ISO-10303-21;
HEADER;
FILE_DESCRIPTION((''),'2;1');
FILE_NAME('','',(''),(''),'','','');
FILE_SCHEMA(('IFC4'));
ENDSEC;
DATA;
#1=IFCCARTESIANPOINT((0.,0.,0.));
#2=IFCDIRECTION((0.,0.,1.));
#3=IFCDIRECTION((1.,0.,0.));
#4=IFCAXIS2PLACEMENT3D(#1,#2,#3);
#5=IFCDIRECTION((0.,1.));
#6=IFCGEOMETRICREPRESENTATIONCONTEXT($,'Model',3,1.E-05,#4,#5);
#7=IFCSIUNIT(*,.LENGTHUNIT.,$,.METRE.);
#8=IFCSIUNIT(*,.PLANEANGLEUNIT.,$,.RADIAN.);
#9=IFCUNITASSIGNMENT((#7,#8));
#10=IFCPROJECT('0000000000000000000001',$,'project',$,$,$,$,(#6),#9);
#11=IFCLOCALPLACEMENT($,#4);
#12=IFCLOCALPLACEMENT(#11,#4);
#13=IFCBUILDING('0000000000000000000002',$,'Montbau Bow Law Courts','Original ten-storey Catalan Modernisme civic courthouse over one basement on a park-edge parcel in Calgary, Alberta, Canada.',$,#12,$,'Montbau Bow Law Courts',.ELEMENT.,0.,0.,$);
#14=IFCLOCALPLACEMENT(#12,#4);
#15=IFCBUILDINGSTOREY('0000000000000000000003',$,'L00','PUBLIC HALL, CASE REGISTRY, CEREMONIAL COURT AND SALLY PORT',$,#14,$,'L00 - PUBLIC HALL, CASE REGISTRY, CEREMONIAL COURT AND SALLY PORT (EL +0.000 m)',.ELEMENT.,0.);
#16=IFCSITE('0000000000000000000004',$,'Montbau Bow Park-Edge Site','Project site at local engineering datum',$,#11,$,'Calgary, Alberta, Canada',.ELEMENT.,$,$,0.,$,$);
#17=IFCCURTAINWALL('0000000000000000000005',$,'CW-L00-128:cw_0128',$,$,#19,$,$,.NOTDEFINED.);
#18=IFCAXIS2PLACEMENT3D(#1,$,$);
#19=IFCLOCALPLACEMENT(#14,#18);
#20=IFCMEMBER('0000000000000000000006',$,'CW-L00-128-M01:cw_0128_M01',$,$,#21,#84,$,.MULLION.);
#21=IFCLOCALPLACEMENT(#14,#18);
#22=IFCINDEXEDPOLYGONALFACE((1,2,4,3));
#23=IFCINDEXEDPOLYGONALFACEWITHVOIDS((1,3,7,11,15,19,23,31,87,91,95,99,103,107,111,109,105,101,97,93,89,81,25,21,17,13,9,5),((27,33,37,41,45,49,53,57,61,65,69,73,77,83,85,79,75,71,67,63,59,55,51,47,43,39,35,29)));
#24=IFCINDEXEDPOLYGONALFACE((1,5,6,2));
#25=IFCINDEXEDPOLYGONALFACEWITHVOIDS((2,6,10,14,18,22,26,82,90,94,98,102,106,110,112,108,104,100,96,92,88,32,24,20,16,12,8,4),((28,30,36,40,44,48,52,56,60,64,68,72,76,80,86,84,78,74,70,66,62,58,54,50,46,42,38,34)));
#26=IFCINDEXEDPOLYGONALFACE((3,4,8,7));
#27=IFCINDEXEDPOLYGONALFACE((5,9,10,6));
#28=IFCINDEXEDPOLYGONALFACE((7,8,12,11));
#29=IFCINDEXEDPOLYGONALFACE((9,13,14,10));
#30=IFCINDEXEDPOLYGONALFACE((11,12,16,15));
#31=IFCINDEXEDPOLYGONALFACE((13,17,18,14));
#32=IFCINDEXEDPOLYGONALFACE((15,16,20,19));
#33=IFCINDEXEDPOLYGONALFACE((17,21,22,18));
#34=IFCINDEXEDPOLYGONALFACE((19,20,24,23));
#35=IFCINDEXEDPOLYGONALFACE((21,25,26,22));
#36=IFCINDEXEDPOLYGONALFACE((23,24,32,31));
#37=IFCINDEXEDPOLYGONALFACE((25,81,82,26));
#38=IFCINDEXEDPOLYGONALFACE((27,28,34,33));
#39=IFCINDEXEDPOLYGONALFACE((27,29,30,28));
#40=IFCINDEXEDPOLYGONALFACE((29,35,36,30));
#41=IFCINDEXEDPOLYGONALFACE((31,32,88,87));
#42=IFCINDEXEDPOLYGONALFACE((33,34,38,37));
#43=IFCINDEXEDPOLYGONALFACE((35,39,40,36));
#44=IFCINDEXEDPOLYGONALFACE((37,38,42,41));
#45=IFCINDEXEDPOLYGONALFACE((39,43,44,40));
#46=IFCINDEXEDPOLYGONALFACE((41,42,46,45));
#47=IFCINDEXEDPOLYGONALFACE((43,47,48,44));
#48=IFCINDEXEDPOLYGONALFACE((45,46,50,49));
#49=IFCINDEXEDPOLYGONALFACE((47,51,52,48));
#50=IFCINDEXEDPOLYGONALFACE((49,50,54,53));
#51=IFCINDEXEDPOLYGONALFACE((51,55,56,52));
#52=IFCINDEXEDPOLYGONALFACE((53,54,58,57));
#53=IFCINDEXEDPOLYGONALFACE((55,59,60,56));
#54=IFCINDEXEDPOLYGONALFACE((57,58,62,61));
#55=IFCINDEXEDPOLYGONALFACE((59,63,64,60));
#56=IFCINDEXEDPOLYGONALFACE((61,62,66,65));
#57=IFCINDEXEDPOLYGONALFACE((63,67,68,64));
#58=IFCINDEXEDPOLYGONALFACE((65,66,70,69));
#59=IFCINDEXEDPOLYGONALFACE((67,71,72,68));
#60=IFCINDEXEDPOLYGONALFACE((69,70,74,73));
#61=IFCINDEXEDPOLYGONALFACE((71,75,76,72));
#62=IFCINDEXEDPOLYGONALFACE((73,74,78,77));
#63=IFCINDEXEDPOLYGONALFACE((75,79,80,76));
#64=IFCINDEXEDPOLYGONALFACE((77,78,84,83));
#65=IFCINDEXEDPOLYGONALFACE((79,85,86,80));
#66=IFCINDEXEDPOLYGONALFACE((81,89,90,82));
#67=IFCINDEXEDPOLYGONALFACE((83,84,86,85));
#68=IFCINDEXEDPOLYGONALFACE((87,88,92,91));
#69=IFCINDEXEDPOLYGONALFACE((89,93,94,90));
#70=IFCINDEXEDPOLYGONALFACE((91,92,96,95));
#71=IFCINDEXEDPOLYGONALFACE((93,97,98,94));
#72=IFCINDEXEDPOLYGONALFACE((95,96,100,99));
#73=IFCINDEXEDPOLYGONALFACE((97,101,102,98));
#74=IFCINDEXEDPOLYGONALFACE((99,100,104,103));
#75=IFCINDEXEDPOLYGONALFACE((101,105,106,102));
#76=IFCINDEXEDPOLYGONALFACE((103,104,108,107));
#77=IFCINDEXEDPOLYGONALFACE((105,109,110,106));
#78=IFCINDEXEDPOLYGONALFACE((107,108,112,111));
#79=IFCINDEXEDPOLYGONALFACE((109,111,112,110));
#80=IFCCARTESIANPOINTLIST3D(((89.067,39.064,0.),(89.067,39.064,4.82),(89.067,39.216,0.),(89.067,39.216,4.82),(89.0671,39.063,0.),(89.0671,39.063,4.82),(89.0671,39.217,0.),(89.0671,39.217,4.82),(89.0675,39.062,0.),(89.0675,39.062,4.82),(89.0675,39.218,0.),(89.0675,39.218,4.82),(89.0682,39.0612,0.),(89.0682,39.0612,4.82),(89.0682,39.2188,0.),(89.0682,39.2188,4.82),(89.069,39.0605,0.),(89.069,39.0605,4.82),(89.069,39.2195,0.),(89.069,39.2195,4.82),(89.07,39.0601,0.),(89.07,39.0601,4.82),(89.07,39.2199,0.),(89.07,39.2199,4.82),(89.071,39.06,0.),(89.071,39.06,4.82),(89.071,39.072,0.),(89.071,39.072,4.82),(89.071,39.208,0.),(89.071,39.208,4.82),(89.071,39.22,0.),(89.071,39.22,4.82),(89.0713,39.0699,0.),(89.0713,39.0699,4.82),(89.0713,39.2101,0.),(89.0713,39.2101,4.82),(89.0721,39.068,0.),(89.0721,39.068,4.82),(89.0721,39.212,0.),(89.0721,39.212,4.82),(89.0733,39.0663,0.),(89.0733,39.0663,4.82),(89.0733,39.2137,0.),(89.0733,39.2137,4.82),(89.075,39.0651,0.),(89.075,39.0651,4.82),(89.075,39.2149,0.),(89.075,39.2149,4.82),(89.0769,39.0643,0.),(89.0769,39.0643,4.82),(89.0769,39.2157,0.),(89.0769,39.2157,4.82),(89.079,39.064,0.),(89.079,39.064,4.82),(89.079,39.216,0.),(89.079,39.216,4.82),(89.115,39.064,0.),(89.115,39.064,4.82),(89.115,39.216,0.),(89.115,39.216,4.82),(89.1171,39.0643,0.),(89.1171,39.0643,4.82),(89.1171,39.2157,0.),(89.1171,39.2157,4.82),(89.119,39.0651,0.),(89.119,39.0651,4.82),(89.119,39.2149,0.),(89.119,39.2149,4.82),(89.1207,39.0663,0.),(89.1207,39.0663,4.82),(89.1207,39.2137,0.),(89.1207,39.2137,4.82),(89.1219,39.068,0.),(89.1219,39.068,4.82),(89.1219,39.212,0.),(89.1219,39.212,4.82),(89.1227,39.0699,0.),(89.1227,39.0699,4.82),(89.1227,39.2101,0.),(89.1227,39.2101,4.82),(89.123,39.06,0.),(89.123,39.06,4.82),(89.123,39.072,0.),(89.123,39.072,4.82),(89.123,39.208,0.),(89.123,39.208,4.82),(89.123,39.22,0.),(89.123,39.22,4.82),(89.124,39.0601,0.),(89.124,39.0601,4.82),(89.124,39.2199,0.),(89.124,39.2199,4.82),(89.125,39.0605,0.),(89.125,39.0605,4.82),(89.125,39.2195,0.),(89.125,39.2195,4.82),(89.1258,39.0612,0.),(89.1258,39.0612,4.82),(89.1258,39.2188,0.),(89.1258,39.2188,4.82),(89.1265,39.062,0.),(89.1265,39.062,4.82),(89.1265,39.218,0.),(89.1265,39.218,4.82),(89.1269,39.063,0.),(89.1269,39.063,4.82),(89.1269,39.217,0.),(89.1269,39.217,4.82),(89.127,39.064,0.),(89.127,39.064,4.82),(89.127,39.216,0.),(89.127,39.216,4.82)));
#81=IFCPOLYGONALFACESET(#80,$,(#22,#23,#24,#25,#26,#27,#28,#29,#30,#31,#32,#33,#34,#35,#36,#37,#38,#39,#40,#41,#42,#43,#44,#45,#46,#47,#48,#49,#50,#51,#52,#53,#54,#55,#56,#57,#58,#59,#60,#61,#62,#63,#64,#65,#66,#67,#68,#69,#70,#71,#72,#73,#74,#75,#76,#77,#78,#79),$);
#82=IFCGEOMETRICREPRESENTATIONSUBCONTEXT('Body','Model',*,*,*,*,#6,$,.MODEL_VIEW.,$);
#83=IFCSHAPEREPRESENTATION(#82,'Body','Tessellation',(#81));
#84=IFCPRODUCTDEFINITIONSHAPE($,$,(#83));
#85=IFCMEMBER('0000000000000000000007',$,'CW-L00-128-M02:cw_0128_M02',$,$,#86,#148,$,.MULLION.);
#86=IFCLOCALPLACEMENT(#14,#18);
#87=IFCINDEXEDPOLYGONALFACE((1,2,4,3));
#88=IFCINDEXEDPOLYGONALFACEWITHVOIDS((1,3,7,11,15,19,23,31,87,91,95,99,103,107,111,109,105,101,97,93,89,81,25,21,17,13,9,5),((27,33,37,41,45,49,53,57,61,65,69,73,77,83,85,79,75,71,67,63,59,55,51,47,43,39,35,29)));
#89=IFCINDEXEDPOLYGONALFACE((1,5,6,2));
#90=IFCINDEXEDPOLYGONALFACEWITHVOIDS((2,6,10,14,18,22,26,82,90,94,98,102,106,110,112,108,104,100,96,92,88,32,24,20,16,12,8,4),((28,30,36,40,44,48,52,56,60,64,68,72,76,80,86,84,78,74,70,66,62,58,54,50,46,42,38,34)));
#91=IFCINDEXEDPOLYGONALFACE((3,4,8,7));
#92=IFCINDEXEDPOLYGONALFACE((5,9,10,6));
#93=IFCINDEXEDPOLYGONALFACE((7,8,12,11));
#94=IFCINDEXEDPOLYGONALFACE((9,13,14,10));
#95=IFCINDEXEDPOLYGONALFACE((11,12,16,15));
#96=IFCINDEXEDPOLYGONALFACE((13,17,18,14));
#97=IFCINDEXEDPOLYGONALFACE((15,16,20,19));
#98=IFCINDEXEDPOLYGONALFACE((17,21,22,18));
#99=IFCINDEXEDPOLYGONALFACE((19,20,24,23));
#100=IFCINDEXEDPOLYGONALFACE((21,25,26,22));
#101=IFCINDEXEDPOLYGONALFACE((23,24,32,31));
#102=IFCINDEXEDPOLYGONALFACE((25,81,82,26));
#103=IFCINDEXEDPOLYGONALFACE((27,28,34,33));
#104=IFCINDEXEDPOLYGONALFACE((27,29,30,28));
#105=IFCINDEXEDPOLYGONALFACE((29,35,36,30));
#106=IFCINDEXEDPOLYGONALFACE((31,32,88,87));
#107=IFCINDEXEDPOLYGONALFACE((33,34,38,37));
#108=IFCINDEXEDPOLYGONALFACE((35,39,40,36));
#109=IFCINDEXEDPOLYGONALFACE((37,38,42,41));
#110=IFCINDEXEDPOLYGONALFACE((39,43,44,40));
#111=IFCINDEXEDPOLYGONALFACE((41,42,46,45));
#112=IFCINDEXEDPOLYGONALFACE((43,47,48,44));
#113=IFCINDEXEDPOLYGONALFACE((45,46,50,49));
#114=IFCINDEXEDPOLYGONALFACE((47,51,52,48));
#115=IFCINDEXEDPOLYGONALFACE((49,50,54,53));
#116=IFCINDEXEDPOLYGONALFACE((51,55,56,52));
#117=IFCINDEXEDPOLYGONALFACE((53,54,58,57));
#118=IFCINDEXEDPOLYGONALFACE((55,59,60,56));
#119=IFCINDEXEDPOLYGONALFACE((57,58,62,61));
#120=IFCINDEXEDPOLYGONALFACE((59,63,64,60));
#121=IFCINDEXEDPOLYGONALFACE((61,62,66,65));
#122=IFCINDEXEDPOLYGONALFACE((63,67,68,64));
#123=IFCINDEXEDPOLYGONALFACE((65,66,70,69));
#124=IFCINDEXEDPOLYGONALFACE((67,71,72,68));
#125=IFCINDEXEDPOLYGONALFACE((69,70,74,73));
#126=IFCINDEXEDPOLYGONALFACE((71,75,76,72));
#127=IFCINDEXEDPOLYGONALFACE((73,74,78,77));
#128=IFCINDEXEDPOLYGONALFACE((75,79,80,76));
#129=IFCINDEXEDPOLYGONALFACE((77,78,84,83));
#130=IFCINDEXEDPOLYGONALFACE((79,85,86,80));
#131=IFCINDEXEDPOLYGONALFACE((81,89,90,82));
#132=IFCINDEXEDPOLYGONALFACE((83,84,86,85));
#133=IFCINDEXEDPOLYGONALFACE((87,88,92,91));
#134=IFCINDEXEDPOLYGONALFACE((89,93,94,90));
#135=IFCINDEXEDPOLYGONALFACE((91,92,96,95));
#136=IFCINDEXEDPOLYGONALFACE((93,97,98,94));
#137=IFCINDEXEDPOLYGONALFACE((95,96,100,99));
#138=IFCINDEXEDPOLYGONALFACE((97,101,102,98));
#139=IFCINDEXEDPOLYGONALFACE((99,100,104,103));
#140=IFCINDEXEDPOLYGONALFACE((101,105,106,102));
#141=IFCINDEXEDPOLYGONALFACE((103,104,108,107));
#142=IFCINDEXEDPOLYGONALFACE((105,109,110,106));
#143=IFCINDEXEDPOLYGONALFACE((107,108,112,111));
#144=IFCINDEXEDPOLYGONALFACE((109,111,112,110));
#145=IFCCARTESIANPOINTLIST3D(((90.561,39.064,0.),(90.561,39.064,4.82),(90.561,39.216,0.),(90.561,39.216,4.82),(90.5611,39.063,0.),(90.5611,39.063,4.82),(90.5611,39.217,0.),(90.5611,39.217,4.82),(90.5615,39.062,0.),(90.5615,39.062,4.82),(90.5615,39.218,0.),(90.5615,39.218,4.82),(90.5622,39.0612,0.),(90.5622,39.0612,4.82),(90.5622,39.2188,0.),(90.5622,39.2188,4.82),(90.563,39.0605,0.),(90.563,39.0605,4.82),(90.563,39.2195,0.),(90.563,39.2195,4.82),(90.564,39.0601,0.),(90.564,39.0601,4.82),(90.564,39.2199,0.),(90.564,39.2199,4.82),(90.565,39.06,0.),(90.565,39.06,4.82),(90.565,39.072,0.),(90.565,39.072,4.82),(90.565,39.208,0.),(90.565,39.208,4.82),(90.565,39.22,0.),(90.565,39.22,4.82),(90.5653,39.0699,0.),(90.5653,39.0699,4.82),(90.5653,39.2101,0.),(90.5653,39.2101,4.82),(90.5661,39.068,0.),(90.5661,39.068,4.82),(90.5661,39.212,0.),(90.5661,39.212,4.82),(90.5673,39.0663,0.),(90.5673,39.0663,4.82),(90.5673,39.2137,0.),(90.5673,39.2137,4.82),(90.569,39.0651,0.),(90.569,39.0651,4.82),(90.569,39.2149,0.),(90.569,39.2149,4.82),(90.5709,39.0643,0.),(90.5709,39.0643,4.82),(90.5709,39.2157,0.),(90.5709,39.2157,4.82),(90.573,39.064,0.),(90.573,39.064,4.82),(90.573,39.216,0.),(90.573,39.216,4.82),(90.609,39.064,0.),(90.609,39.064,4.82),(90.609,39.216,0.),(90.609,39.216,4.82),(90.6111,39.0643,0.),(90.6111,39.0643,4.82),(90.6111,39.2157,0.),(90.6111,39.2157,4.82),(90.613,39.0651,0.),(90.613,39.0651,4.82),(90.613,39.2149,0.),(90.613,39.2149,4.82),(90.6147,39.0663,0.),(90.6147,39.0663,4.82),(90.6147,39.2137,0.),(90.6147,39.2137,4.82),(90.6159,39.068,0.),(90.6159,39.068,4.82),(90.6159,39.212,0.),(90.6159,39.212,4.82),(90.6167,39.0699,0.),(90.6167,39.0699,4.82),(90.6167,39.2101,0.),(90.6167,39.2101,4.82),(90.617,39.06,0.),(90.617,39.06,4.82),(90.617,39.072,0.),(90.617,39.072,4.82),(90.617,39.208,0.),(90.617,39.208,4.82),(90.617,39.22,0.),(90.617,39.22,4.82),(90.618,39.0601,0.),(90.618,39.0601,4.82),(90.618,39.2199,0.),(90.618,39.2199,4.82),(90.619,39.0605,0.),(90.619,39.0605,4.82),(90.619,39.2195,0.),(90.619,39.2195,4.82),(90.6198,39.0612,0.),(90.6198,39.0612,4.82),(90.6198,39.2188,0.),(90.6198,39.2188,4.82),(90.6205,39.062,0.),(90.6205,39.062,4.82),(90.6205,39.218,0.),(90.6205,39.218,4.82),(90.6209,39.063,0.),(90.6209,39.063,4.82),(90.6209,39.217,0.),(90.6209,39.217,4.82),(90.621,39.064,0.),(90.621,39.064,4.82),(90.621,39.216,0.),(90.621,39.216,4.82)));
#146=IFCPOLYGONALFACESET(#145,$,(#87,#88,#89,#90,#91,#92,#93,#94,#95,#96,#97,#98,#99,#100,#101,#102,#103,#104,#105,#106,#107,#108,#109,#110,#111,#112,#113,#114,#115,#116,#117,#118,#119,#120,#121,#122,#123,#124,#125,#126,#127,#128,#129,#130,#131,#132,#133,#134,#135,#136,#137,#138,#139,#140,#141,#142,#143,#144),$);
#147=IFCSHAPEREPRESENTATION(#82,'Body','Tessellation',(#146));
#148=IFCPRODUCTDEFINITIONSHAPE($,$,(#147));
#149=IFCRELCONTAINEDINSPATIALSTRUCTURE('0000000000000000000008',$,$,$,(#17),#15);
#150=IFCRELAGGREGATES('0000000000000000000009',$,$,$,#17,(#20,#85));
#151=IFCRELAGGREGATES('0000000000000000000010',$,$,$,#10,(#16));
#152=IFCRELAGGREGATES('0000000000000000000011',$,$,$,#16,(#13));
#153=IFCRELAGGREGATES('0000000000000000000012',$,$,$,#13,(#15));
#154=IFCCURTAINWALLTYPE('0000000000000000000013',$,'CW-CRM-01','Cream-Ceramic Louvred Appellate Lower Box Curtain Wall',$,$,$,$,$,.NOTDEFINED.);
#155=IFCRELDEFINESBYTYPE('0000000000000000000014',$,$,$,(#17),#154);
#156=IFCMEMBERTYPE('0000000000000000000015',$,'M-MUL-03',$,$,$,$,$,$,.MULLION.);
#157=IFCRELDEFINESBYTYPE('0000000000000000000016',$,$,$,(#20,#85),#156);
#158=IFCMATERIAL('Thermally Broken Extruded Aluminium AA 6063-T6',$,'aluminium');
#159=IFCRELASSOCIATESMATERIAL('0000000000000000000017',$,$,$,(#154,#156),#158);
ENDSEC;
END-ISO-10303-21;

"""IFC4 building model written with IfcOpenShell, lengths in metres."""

from ifc_helpers import new_model, si_unit, direction, frame, origin_with_axes, origin_2d_with_axis, place, context, subcontext, project, spatial, hollow_rectangle, extrude, material, material_profile, profile_set, type_object, element, aggregate, save


model = new_model("IFC4")

# Units and contexts
model_context = context("Model", 3, precision=1e-05, world=origin_with_axes(), true_north=direction((0.0, 1.0)))
body_context = subcontext(model_context, "Body", "Model", "MODEL_VIEW")
ifc_project = project(units=[si_unit("LENGTHUNIT", "METRE"), si_unit("PLANEANGLEUNIT", "RADIAN")], contexts=[model_context])

# Site, building, storey
site_placement = place(None, origin_with_axes())
site = spatial("IfcSite", under=ifc_project, at=site_placement, Name="Montbau Bow Park-Edge Site", Description="Project site at local engineering datum", LongName="Calgary, Alberta, Canada", CompositionType="ELEMENT", RefElevation=0.0)
building_placement = place(site_placement, origin_with_axes())
building = spatial("IfcBuilding", under=site, at=building_placement, Name="Montbau Bow Law Courts", Description="Original ten-storey Catalan Modernisme civic courthouse over one basement on a park-edge parcel in Calgary, Alberta, Canada.", LongName="Montbau Bow Law Courts", CompositionType="ELEMENT", ElevationOfRefHeight=0.0, ElevationOfTerrain=0.0)
storey_placement = place(building_placement, origin_with_axes())
storey = spatial("IfcBuildingStorey", under=building, at=storey_placement, Name="L00", Description="PUBLIC HALL, CASE REGISTRY, CEREMONIAL COURT AND SALLY PORT", LongName="L00 - PUBLIC HALL, CASE REGISTRY, CEREMONIAL COURT AND SALLY PORT (EL +0.000 m)", CompositionType="ELEMENT", Elevation=0.0)

# Curtain wall, members
ifc_material_1 = material(Name="Thermally Broken Extruded Aluminium AA 6063-T6", Category="aluminium")
curtain_wall_type = type_object("IfcCurtainWallType", Name="CW-CRM-01", Description="Cream-Ceramic Louvred Appellate Lower Box Curtain Wall", PredefinedType="NOTDEFINED", material=ifc_material_1)
curtain_wall_1_placement = place(None, frame((89.067, 39.14, 0.0), z_axis=(0.0, 0.0, 1.0), x_axis=(1.0, 0.0, 0.0)))
curtain_wall_1 = element("IfcCurtainWall", 1, at=curtain_wall_1_placement, inside=storey, type_object=curtain_wall_type, Name="CW-L00-128:cw_0128", PredefinedType="NOTDEFINED")
ifc_material_profile_1 = material_profile(ifc_material_1, hollow_rectangle(XDim=0.06, YDim=0.16, WallThickness=0.004, InnerFilletRadius=0.008, OuterFilletRadius=0.004, at=origin_2d_with_axis()), Name="CWM-160X60", Category="Main", Priority=0)
ifc_profile_set_1 = profile_set([ifc_material_profile_1], Name="Thermally Broken Extruded Aluminium AA 6063-T6")
member_type_1 = type_object("IfcMemberType", Name="M-MUL-03", PredefinedType="MULLION", material=ifc_profile_set_1)
member_1_placement = place(None, frame((89.097, 39.14, 0.0), z_axis=(0.0, 0.0, 1.0), x_axis=(1.0, 0.0, 0.0)))
member_1 = element("IfcMember", 2, at=member_1_placement, type_object=member_type_1, Name="CW-L00-128-M01:cw_0128_M01", PredefinedType="MULLION", context=body_context, shape_type="SweptSolid", body=[
    extrude(hollow_rectangle(XDim=0.06, YDim=0.16, WallThickness=0.004, InnerFilletRadius=0.008, OuterFilletRadius=0.004, at=origin_2d_with_axis()), origin_with_axes(), (0.0, 0.0, 1.0), 4.82),
])
member_2_placement = place(None, frame((90.591, 39.14, 0.0), z_axis=(0.0, 0.0, 1.0), x_axis=(1.0, 0.0, 0.0)))
member_2 = element("IfcMember", 3, at=member_2_placement, type_object=member_type_1, Name="CW-L00-128-M02:cw_0128_M02", PredefinedType="MULLION", context=body_context, shape_type="SweptSolid", body=[
    extrude(hollow_rectangle(XDim=0.06, YDim=0.16, WallThickness=0.004, InnerFilletRadius=0.008, OuterFilletRadius=0.004, at=origin_2d_with_axis()), origin_with_axes(), (0.0, 0.0, 1.0), 4.82),
])

aggregate(curtain_wall_1, [member_1, member_2])

save(model, "model.ifc")
